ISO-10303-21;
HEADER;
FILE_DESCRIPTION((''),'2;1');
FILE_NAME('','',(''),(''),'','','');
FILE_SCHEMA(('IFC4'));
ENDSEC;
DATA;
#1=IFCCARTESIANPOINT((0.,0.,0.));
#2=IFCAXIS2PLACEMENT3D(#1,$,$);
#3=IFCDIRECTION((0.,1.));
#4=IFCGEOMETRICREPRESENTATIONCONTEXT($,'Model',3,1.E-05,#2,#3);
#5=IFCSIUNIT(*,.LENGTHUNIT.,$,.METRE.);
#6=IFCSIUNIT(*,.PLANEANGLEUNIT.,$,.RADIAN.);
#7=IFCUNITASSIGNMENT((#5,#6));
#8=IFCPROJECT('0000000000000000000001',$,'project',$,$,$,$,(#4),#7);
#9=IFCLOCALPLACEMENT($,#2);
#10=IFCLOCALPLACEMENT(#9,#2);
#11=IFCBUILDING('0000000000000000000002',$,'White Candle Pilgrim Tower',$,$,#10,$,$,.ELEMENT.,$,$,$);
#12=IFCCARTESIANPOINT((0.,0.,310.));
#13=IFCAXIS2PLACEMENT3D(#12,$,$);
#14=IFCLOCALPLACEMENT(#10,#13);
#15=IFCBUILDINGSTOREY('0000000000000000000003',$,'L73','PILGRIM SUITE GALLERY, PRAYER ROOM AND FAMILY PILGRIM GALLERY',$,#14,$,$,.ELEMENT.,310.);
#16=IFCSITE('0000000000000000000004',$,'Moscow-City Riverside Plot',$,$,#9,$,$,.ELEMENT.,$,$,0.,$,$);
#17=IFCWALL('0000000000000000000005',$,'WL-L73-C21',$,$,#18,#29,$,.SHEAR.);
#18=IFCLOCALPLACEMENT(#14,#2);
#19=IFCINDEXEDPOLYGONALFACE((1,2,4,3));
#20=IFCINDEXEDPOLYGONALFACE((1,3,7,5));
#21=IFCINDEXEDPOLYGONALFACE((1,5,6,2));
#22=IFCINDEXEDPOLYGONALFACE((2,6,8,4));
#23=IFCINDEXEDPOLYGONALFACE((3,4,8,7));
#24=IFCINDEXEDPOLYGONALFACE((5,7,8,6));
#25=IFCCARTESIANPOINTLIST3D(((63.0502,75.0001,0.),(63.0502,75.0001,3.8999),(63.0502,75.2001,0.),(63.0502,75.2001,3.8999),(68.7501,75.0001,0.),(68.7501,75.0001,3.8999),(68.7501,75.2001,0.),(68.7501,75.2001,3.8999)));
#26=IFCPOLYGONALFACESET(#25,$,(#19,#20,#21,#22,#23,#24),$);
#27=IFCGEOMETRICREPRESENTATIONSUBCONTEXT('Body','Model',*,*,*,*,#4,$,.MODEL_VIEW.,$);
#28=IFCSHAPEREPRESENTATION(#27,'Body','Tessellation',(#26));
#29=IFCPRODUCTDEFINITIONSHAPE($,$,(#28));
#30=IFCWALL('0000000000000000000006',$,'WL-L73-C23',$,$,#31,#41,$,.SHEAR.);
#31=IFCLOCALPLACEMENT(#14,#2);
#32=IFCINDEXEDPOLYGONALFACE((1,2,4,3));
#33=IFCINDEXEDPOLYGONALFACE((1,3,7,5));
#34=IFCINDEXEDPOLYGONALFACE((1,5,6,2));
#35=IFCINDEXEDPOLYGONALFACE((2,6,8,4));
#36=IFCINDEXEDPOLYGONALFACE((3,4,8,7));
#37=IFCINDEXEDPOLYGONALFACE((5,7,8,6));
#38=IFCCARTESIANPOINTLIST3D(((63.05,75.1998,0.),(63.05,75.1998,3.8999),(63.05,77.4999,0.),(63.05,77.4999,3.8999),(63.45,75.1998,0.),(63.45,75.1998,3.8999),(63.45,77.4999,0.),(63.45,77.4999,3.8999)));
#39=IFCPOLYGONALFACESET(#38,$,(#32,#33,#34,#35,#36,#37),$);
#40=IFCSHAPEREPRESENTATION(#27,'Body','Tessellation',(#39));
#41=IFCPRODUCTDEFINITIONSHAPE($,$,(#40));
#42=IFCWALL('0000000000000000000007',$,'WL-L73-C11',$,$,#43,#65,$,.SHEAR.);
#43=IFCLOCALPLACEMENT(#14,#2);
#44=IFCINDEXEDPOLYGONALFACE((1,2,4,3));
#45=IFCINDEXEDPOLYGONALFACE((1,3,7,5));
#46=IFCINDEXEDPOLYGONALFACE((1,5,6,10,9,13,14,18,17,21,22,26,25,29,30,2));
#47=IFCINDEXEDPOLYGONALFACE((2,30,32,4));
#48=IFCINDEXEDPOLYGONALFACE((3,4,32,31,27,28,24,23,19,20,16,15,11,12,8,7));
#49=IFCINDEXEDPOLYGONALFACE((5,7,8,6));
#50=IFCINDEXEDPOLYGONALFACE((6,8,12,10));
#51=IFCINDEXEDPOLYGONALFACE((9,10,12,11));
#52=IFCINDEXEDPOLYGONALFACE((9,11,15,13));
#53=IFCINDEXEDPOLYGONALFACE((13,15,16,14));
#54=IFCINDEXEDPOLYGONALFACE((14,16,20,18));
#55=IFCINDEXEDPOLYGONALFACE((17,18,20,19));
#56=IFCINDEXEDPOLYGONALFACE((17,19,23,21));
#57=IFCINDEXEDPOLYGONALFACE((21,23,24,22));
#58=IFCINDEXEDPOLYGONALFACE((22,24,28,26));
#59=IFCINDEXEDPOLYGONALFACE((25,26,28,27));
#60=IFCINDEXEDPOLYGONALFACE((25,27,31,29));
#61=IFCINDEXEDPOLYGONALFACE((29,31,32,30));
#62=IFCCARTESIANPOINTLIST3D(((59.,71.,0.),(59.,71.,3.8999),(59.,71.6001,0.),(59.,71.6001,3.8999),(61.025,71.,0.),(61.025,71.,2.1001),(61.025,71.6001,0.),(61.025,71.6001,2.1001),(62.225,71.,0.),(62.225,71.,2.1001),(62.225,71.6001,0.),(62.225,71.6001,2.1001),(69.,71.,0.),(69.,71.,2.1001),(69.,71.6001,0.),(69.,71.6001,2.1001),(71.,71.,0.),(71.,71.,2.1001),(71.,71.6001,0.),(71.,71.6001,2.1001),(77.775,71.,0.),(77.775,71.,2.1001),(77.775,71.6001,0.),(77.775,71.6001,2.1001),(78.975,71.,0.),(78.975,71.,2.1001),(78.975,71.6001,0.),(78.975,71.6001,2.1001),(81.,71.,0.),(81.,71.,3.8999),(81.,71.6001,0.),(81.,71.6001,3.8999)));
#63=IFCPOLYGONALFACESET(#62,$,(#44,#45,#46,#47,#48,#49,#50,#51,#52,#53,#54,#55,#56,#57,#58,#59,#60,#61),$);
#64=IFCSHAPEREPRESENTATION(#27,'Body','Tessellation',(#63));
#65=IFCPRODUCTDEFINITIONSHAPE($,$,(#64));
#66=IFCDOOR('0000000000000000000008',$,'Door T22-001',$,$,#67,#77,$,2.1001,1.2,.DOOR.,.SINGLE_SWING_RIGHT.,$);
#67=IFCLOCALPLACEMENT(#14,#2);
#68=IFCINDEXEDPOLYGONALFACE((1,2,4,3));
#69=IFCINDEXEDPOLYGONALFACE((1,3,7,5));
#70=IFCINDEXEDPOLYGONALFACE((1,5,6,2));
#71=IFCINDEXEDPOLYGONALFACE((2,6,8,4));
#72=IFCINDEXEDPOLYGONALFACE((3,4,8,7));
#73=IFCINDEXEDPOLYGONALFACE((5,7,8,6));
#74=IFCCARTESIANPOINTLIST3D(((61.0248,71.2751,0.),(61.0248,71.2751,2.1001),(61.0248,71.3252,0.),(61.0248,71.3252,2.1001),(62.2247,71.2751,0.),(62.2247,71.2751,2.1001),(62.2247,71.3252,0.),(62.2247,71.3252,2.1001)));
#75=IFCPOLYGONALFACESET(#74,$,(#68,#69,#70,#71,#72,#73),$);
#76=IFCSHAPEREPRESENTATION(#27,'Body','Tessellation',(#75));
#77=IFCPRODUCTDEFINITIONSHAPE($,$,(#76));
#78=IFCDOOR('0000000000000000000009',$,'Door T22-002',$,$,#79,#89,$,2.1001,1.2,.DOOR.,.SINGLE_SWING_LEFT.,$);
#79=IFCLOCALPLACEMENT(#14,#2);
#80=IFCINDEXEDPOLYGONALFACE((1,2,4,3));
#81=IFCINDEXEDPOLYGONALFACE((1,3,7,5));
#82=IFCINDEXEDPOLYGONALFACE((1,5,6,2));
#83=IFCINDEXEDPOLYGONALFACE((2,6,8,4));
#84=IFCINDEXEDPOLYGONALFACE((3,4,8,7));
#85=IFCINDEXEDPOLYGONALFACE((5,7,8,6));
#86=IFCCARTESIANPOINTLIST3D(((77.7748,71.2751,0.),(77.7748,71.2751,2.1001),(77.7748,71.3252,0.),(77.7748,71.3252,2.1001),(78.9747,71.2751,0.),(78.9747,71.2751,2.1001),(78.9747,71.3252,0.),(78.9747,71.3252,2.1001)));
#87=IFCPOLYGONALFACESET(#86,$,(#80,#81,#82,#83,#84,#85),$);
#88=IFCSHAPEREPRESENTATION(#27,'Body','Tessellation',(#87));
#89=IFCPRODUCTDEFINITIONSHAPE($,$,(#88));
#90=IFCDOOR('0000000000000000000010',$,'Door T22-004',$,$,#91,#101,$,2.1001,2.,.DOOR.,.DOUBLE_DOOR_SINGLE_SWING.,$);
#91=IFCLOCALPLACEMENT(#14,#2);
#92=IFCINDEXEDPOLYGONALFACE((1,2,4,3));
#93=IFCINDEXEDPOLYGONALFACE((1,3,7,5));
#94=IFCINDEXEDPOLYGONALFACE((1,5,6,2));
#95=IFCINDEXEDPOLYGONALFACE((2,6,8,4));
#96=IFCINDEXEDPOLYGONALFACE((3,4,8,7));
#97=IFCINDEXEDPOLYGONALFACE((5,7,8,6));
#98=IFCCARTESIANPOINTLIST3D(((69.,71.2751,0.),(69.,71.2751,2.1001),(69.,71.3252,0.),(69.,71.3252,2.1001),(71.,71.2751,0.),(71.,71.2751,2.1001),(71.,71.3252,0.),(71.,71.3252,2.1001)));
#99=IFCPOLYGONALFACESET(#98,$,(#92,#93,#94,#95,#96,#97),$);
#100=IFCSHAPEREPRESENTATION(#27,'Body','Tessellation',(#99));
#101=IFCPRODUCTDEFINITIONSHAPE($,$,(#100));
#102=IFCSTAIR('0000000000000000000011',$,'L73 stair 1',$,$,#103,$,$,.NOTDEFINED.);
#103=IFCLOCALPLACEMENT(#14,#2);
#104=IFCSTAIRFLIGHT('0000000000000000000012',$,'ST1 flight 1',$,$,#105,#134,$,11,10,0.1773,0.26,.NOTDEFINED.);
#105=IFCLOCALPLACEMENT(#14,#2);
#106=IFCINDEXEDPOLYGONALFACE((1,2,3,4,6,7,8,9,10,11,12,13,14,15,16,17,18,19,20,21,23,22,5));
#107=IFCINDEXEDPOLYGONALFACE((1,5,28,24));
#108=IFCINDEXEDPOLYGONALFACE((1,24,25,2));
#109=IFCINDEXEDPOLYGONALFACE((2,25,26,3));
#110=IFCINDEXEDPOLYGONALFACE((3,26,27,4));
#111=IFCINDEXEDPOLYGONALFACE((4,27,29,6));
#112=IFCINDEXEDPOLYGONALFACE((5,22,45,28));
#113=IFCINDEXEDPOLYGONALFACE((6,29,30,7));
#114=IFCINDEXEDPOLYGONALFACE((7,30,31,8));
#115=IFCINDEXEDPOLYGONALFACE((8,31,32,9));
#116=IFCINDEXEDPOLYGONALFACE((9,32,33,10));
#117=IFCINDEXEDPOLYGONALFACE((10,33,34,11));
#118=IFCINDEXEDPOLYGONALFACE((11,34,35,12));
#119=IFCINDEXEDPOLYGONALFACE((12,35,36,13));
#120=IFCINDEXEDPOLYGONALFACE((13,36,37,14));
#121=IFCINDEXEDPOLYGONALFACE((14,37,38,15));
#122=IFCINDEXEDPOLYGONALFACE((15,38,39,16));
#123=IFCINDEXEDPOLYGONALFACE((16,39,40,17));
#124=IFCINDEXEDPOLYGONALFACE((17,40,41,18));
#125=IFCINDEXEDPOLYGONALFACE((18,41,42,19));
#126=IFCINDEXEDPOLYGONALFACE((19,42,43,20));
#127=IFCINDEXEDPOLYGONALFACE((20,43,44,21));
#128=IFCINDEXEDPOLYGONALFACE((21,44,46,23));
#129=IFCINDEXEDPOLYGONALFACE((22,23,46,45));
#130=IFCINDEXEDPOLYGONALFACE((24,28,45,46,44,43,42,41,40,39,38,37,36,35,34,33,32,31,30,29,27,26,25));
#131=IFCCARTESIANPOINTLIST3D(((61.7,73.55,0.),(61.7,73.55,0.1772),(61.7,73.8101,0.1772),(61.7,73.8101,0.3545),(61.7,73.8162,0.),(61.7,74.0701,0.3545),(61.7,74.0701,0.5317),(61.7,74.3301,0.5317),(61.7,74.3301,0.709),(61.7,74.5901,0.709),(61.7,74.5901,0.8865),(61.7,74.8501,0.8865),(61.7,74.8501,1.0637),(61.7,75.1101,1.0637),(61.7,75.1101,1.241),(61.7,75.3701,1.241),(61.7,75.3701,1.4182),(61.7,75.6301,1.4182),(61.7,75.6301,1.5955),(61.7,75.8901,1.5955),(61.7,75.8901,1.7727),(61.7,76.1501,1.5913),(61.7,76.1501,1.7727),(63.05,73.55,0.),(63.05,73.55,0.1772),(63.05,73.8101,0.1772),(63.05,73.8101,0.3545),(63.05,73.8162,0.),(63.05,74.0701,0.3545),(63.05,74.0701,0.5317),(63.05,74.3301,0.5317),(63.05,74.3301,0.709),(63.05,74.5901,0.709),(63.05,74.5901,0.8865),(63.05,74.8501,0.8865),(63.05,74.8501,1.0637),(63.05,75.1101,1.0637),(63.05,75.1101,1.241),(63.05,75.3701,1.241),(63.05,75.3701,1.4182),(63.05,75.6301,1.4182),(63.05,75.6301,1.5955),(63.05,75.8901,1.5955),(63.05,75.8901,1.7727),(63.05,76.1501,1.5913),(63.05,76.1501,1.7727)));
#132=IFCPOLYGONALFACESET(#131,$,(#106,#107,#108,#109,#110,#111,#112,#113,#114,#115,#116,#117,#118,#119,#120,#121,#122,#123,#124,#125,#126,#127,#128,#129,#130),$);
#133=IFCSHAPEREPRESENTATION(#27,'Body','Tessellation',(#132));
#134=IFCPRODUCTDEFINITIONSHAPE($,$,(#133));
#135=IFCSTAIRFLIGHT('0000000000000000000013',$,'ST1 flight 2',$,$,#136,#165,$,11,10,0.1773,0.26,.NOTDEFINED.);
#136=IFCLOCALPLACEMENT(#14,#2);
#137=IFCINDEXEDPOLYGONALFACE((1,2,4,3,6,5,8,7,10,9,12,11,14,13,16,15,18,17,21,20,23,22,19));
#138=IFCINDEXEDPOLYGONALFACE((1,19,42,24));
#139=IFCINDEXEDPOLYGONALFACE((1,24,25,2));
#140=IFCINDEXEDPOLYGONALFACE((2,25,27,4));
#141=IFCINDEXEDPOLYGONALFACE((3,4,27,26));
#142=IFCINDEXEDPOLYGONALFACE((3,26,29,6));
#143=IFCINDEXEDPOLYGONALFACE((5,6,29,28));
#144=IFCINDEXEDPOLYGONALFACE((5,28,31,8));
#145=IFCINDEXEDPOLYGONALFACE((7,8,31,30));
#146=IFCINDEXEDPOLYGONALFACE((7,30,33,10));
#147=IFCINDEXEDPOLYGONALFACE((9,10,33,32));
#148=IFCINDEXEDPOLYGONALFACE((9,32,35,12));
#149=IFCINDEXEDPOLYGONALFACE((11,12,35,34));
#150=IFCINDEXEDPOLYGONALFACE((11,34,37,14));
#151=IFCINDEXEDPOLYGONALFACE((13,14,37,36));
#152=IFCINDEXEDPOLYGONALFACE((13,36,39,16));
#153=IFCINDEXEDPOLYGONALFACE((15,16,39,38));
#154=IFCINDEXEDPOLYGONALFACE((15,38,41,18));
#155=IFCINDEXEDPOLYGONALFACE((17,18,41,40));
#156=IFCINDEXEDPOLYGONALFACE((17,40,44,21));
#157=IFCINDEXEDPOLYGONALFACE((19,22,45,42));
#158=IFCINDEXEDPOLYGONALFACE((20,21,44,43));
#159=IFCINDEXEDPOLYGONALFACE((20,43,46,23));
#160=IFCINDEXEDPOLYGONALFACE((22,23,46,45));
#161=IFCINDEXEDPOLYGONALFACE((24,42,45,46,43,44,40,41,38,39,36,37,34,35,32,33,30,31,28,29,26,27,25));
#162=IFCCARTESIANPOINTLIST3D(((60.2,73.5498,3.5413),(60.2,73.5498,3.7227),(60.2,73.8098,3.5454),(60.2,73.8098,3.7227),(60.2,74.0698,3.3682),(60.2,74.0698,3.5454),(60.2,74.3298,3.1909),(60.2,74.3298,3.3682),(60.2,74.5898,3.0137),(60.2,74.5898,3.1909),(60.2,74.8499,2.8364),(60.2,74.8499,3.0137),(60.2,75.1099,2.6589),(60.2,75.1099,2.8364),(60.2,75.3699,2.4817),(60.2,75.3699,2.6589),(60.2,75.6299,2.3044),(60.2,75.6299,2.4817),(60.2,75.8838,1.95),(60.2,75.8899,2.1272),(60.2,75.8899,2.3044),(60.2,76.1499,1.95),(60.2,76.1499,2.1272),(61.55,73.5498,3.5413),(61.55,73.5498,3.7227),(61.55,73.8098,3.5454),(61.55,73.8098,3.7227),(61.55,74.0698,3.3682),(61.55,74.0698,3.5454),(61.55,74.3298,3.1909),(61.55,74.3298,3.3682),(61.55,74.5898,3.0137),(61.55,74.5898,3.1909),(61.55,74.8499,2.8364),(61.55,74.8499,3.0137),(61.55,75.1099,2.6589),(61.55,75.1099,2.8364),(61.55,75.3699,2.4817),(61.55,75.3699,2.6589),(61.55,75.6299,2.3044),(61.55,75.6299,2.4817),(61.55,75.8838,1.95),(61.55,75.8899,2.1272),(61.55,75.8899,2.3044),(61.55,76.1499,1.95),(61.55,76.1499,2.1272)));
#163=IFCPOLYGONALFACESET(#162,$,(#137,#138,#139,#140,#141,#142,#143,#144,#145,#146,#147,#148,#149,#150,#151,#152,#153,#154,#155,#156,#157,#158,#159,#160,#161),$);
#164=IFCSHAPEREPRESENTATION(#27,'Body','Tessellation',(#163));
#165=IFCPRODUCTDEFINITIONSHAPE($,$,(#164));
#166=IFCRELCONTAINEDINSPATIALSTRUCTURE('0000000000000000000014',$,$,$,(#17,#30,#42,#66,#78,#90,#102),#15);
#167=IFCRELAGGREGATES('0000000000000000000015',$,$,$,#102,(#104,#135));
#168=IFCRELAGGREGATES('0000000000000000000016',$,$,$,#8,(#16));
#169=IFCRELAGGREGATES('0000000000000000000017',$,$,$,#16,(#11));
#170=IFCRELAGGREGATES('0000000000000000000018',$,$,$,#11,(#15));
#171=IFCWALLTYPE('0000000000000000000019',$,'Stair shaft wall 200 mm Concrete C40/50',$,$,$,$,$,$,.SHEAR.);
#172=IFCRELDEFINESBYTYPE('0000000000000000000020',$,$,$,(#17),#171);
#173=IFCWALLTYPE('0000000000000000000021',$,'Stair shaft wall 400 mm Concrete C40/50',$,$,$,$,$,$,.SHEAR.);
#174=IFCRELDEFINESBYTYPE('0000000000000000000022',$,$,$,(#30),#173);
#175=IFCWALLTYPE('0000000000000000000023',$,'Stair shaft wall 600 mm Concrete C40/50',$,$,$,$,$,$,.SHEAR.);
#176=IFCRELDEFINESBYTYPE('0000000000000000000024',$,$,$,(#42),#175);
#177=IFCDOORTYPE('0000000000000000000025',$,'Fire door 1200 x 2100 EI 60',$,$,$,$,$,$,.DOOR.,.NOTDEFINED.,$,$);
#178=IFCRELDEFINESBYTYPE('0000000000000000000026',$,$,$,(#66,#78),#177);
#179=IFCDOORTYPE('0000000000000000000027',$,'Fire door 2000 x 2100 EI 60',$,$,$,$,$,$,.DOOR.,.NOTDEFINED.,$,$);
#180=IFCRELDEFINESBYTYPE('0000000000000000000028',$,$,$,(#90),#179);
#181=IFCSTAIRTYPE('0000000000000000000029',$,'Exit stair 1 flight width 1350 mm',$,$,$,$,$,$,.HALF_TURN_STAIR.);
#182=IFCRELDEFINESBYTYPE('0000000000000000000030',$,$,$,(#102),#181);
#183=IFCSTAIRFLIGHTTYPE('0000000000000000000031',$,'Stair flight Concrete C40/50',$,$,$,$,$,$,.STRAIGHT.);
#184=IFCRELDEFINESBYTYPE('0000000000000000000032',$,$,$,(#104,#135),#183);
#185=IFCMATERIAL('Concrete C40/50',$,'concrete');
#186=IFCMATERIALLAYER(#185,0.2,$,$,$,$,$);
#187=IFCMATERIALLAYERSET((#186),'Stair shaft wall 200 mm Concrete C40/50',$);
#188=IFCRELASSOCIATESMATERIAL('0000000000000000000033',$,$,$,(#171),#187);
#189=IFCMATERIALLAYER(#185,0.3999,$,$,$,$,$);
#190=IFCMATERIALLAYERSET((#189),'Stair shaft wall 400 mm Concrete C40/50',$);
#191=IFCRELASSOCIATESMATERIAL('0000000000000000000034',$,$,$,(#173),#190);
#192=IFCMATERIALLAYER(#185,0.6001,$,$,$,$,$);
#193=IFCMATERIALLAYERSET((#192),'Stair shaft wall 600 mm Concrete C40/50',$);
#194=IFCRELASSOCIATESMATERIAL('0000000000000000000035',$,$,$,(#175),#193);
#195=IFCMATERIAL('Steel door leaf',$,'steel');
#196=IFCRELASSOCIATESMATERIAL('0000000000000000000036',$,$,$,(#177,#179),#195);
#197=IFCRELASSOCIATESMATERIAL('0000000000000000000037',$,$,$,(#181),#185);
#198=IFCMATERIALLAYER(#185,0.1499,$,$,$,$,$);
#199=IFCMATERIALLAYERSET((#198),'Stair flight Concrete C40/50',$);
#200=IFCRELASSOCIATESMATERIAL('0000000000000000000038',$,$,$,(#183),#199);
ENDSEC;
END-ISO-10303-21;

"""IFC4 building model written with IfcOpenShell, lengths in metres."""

from ifc_helpers import new_model, si_unit, direction, frame, frame_2d, origin, place, context, subcontext, project, spatial, polyline, rectangle, outline, extrude, material, layer, layer_set, type_object, element, fill, aggregate, save


model = new_model("IFC4")

# Units and contexts
model_context = context("Model", 3, precision=1e-05, world=origin(), true_north=direction((0.0, 1.0)))
body_context = subcontext(model_context, "Body", "Model", "MODEL_VIEW")
ifc_project = project(units=[si_unit("LENGTHUNIT", "METRE"), si_unit("PLANEANGLEUNIT", "RADIAN")], contexts=[model_context])

# Site, building, storey
site_placement = place(None, origin())
site = spatial("IfcSite", under=ifc_project, at=site_placement, Name="Moscow-City Riverside Plot", CompositionType="ELEMENT", RefElevation=0.0)
building_placement = place(site_placement, origin())
building = spatial("IfcBuilding", under=site, at=building_placement, Name="White Candle Pilgrim Tower", CompositionType="ELEMENT")
storey_placement = place(building_placement, frame((0.0, 0.0, 310.0)))
storey = spatial("IfcBuildingStorey", under=building, at=storey_placement, Name="L73", Description="PILGRIM SUITE GALLERY, PRAYER ROOM AND FAMILY PILGRIM GALLERY", CompositionType="ELEMENT", Elevation=310.0)

# Shared definitions
ifc_material_1 = material(Name="Steel door leaf", Category="steel")

# Walls
ifc_material_2 = material(Name="Concrete C40/50", Category="concrete")
ifc_layer_1 = layer(ifc_material_2, 0.2)
ifc_layer_set_1 = layer_set([ifc_layer_1], Name="Stair shaft wall 200 mm Concrete C40/50")
wall_type_1 = type_object("IfcWallType", Name="Stair shaft wall 200 mm Concrete C40/50", PredefinedType="SHEAR", material=ifc_layer_set_1)
wall_1_placement = place(storey_placement, frame((63.05, 75.1001, 0.0), z_axis=(0.0, 0.0, 1.0), x_axis=(1.0, 0.0, 0.0)))
element("IfcWall", 1, at=wall_1_placement, inside=storey, type_object=wall_type_1, Name="WL-L73-C21", PredefinedType="SHEAR", context=body_context, shape_type="SweptSolid", body=[
    extrude(rectangle(XDim=5.7, YDim=0.2, at=frame_2d((2.8501, 0.0))), origin(), (0.0, 0.0, 1.0), 3.8999),
])
ifc_layer_2 = layer(ifc_material_2, 0.3999)
ifc_layer_set_2 = layer_set([ifc_layer_2], Name="Stair shaft wall 400 mm Concrete C40/50")
wall_type_2 = type_object("IfcWallType", Name="Stair shaft wall 400 mm Concrete C40/50", PredefinedType="SHEAR", material=ifc_layer_set_2)
wall_2_placement = place(storey_placement, frame((63.25, 75.2, 0.0), z_axis=(0.0, 0.0, 1.0), x_axis=(0.0, 1.0, 0.0)))
element("IfcWall", 2, at=wall_2_placement, inside=storey, type_object=wall_type_2, Name="WL-L73-C23", PredefinedType="SHEAR", context=body_context, shape_type="SweptSolid", body=[
    extrude(rectangle(XDim=2.3, YDim=0.3999, at=frame_2d((1.1499, 0.0))), origin(), (0.0, 0.0, 1.0), 3.8999),
])

# Wall, openings, doors
ifc_layer_3 = layer(ifc_material_2, 0.6001)
ifc_layer_set_3 = layer_set([ifc_layer_3], Name="Stair shaft wall 600 mm Concrete C40/50")
wall_type_3 = type_object("IfcWallType", Name="Stair shaft wall 600 mm Concrete C40/50", PredefinedType="SHEAR", material=ifc_layer_set_3)
wall_3_placement = place(storey_placement, frame((59.0, 71.3, 0.0), z_axis=(0.0, 0.0, 1.0), x_axis=(1.0, 0.0, 0.0)))
wall_3 = element("IfcWall", 3, at=wall_3_placement, inside=storey, type_object=wall_type_3, Name="WL-L73-C11", PredefinedType="SHEAR", context=body_context, shape_type="SweptSolid", body=[
    extrude(rectangle(XDim=22.0, YDim=0.6001, at=frame_2d((11.0, 0.0))), origin(), (0.0, 0.0, 1.0), 3.8999),
])
opening_1_placement = place(wall_3_placement, frame((2.0249, 0.0, 0.0)))
opening_1 = element("IfcOpeningElement", 4, at=opening_1_placement, cuts=wall_3, PredefinedType="OPENING", context=body_context, shape_type="SweptSolid", body=[
    extrude(rectangle(XDim=1.2, YDim=2.1001, at=frame_2d((0.6001, 1.05))), frame((0.0, 0.3101, 0.0), z_axis=(0.0, -1.0, 0.0), x_axis=(1.0, 0.0, 0.0)), (0.0, 0.0, 1.0), 0.6201),
])
opening_2_placement = place(wall_3_placement, frame((18.7749, 0.0, 0.0)))
opening_2 = element("IfcOpeningElement", 5, at=opening_2_placement, cuts=wall_3, PredefinedType="OPENING", context=body_context, shape_type="SweptSolid", body=[
    extrude(rectangle(XDim=1.2, YDim=2.1001, at=frame_2d((0.6001, 1.05))), frame((0.0, 0.3101, 0.0), z_axis=(0.0, -1.0, 0.0), x_axis=(1.0, 0.0, 0.0)), (0.0, 0.0, 1.0), 0.6201),
])
opening_3_placement = place(wall_3_placement, frame((10.0, 0.0, 0.0)))
opening_3 = element("IfcOpeningElement", 6, at=opening_3_placement, cuts=wall_3, PredefinedType="OPENING", context=body_context, shape_type="SweptSolid", body=[
    extrude(rectangle(XDim=2.0, YDim=2.1001, at=frame_2d((1.0, 1.05))), frame((0.0, 0.3101, 0.0), z_axis=(0.0, -1.0, 0.0), x_axis=(1.0, 0.0, 0.0)), (0.0, 0.0, 1.0), 0.6201),
])
door_type_1 = type_object("IfcDoorType", Name="Fire door 1200 x 2100 EI 60", OperationType="NOTDEFINED", PredefinedType="DOOR", material=ifc_material_1)
door_1_placement = place(opening_1_placement, frame((1.2, 0.0, 0.0), z_axis=(0.0, 0.0, 1.0), x_axis=(-1.0, 0.0, 0.0)))
door_1 = element("IfcDoor", 7, at=door_1_placement, inside=storey, type_object=door_type_1, Name="Door T22-001", OperationType="SINGLE_SWING_RIGHT", OverallHeight=2.1001, OverallWidth=1.2, PredefinedType="DOOR", context=body_context, shape_type="SweptSolid", body=[
    extrude(rectangle(XDim=1.2, YDim=2.1001, at=frame_2d((0.6001, 1.05))), frame((0.0, 0.0249, 0.0), z_axis=(0.0, -1.0, 0.0), x_axis=(1.0, 0.0, 0.0)), (0.0, 0.0, 1.0), 0.05),
])
fill(opening_1, door_1)
door_2_placement = place(opening_2_placement, frame((1.2, 0.0, 0.0), z_axis=(0.0, 0.0, 1.0), x_axis=(-1.0, 0.0, 0.0)))
door_2 = element("IfcDoor", 8, at=door_2_placement, inside=storey, type_object=door_type_1, Name="Door T22-002", OperationType="SINGLE_SWING_LEFT", OverallHeight=2.1001, OverallWidth=1.2, PredefinedType="DOOR", context=body_context, shape_type="SweptSolid", body=[
    extrude(rectangle(XDim=1.2, YDim=2.1001, at=frame_2d((0.6001, 1.05))), frame((0.0, 0.0249, 0.0), z_axis=(0.0, -1.0, 0.0), x_axis=(1.0, 0.0, 0.0)), (0.0, 0.0, 1.0), 0.05),
])
fill(opening_2, door_2)
door_type_2 = type_object("IfcDoorType", Name="Fire door 2000 x 2100 EI 60", OperationType="NOTDEFINED", PredefinedType="DOOR", material=ifc_material_1)
door_3_placement = place(opening_3_placement, frame((2.0, 0.0, 0.0), z_axis=(0.0, 0.0, 1.0), x_axis=(-1.0, 0.0, 0.0)))
door_3 = element("IfcDoor", 9, at=door_3_placement, inside=storey, type_object=door_type_2, Name="Door T22-004", OperationType="DOUBLE_DOOR_SINGLE_SWING", OverallHeight=2.1001, OverallWidth=2.0, PredefinedType="DOOR", context=body_context, shape_type="SweptSolid", body=[
    extrude(rectangle(XDim=2.0, YDim=2.1001, at=frame_2d((1.0, 1.05))), frame((0.0, 0.0249, 0.0), z_axis=(0.0, -1.0, 0.0), x_axis=(1.0, 0.0, 0.0)), (0.0, 0.0, 1.0), 0.05),
])
fill(opening_3, door_3)

# Stair, stair flights
stair_type = type_object("IfcStairType", Name="Exit stair 1 flight width 1350 mm", PredefinedType="HALF_TURN_STAIR", material=ifc_material_2)
stair_placement = place(storey_placement, origin())
stair = element("IfcStair", 10, at=stair_placement, inside=storey, type_object=stair_type, Name="L73 stair 1", PredefinedType="NOTDEFINED")
ifc_layer_4 = layer(ifc_material_2, 0.1499)
ifc_layer_set_4 = layer_set([ifc_layer_4], Name="Stair flight Concrete C40/50")
stair_flight_type = type_object("IfcStairFlightType", Name="Stair flight Concrete C40/50", PredefinedType="STRAIGHT", material=ifc_layer_set_4)
stair_flight_1_placement = place(storey_placement, frame((62.375, 73.55, 0.0), z_axis=(0.0, 0.0, 1.0), x_axis=(0.0, 1.0, 0.0)))
stair_flight_1 = element("IfcStairFlight", 11, at=stair_flight_1_placement, type_object=stair_flight_type, Name="ST1 flight 1", NumberOfRisers=11, NumberOfTreads=10, PredefinedType="NOTDEFINED", RiserHeight=0.1773, TreadLength=0.26, context=body_context, shape_type="SweptSolid", body=[
    extrude(outline(polyline([(0.0, 0.0), (0.0, 0.1772), (0.26, 0.1772), (0.26, 0.3545), (0.52, 0.3545), (0.52, 0.5317), (0.78, 0.5317), (0.78, 0.709), (1.04, 0.709), (1.04, 0.8865), (1.3, 0.8865), (1.3, 1.0637), (1.5601, 1.0637), (1.5601, 1.241), (1.8201, 1.241), (1.8201, 1.4182), (2.0801, 1.4182), (2.0801, 1.5955), (2.3401, 1.5955), (2.3401, 1.7727), (2.6001, 1.7727), (2.6001, 1.95), (2.6001, 1.5913), (0.2661, 0.0), (0.0, 0.0)])), frame((0.0, 0.675, 0.0), z_axis=(0.0, -1.0, 0.0), x_axis=(1.0, 0.0, 0.0)), (0.0, 0.0, 1.0), 1.3501),
])
stair_flight_2_placement = place(storey_placement, frame((60.875, 76.1499, 1.95), z_axis=(0.0, 0.0, 1.0), x_axis=(0.0, -1.0, 0.0)))
stair_flight_2 = element("IfcStairFlight", 12, at=stair_flight_2_placement, type_object=stair_flight_type, Name="ST1 flight 2", NumberOfRisers=11, NumberOfTreads=10, PredefinedType="NOTDEFINED", RiserHeight=0.1773, TreadLength=0.26, context=body_context, shape_type="SweptSolid", body=[
    extrude(outline(polyline([(0.0, 0.0), (0.0, 0.1772), (0.26, 0.1772), (0.26, 0.3545), (0.52, 0.3545), (0.52, 0.5317), (0.78, 0.5317), (0.78, 0.709), (1.04, 0.709), (1.04, 0.8865), (1.3, 0.8865), (1.3, 1.0637), (1.5601, 1.0637), (1.5601, 1.241), (1.8201, 1.241), (1.8201, 1.4182), (2.0801, 1.4182), (2.0801, 1.5955), (2.3401, 1.5955), (2.3401, 1.7727), (2.6001, 1.7727), (2.6001, 1.95), (2.6001, 1.5913), (0.2661, 0.0), (0.0, 0.0)])), frame((0.0, 0.675, 0.0), z_axis=(0.0, -1.0, 0.0), x_axis=(1.0, 0.0, 0.0)), (0.0, 0.0, 1.0), 1.3501),
])
aggregate(stair, [stair_flight_1, stair_flight_2])

save(model, "model.ifc")
